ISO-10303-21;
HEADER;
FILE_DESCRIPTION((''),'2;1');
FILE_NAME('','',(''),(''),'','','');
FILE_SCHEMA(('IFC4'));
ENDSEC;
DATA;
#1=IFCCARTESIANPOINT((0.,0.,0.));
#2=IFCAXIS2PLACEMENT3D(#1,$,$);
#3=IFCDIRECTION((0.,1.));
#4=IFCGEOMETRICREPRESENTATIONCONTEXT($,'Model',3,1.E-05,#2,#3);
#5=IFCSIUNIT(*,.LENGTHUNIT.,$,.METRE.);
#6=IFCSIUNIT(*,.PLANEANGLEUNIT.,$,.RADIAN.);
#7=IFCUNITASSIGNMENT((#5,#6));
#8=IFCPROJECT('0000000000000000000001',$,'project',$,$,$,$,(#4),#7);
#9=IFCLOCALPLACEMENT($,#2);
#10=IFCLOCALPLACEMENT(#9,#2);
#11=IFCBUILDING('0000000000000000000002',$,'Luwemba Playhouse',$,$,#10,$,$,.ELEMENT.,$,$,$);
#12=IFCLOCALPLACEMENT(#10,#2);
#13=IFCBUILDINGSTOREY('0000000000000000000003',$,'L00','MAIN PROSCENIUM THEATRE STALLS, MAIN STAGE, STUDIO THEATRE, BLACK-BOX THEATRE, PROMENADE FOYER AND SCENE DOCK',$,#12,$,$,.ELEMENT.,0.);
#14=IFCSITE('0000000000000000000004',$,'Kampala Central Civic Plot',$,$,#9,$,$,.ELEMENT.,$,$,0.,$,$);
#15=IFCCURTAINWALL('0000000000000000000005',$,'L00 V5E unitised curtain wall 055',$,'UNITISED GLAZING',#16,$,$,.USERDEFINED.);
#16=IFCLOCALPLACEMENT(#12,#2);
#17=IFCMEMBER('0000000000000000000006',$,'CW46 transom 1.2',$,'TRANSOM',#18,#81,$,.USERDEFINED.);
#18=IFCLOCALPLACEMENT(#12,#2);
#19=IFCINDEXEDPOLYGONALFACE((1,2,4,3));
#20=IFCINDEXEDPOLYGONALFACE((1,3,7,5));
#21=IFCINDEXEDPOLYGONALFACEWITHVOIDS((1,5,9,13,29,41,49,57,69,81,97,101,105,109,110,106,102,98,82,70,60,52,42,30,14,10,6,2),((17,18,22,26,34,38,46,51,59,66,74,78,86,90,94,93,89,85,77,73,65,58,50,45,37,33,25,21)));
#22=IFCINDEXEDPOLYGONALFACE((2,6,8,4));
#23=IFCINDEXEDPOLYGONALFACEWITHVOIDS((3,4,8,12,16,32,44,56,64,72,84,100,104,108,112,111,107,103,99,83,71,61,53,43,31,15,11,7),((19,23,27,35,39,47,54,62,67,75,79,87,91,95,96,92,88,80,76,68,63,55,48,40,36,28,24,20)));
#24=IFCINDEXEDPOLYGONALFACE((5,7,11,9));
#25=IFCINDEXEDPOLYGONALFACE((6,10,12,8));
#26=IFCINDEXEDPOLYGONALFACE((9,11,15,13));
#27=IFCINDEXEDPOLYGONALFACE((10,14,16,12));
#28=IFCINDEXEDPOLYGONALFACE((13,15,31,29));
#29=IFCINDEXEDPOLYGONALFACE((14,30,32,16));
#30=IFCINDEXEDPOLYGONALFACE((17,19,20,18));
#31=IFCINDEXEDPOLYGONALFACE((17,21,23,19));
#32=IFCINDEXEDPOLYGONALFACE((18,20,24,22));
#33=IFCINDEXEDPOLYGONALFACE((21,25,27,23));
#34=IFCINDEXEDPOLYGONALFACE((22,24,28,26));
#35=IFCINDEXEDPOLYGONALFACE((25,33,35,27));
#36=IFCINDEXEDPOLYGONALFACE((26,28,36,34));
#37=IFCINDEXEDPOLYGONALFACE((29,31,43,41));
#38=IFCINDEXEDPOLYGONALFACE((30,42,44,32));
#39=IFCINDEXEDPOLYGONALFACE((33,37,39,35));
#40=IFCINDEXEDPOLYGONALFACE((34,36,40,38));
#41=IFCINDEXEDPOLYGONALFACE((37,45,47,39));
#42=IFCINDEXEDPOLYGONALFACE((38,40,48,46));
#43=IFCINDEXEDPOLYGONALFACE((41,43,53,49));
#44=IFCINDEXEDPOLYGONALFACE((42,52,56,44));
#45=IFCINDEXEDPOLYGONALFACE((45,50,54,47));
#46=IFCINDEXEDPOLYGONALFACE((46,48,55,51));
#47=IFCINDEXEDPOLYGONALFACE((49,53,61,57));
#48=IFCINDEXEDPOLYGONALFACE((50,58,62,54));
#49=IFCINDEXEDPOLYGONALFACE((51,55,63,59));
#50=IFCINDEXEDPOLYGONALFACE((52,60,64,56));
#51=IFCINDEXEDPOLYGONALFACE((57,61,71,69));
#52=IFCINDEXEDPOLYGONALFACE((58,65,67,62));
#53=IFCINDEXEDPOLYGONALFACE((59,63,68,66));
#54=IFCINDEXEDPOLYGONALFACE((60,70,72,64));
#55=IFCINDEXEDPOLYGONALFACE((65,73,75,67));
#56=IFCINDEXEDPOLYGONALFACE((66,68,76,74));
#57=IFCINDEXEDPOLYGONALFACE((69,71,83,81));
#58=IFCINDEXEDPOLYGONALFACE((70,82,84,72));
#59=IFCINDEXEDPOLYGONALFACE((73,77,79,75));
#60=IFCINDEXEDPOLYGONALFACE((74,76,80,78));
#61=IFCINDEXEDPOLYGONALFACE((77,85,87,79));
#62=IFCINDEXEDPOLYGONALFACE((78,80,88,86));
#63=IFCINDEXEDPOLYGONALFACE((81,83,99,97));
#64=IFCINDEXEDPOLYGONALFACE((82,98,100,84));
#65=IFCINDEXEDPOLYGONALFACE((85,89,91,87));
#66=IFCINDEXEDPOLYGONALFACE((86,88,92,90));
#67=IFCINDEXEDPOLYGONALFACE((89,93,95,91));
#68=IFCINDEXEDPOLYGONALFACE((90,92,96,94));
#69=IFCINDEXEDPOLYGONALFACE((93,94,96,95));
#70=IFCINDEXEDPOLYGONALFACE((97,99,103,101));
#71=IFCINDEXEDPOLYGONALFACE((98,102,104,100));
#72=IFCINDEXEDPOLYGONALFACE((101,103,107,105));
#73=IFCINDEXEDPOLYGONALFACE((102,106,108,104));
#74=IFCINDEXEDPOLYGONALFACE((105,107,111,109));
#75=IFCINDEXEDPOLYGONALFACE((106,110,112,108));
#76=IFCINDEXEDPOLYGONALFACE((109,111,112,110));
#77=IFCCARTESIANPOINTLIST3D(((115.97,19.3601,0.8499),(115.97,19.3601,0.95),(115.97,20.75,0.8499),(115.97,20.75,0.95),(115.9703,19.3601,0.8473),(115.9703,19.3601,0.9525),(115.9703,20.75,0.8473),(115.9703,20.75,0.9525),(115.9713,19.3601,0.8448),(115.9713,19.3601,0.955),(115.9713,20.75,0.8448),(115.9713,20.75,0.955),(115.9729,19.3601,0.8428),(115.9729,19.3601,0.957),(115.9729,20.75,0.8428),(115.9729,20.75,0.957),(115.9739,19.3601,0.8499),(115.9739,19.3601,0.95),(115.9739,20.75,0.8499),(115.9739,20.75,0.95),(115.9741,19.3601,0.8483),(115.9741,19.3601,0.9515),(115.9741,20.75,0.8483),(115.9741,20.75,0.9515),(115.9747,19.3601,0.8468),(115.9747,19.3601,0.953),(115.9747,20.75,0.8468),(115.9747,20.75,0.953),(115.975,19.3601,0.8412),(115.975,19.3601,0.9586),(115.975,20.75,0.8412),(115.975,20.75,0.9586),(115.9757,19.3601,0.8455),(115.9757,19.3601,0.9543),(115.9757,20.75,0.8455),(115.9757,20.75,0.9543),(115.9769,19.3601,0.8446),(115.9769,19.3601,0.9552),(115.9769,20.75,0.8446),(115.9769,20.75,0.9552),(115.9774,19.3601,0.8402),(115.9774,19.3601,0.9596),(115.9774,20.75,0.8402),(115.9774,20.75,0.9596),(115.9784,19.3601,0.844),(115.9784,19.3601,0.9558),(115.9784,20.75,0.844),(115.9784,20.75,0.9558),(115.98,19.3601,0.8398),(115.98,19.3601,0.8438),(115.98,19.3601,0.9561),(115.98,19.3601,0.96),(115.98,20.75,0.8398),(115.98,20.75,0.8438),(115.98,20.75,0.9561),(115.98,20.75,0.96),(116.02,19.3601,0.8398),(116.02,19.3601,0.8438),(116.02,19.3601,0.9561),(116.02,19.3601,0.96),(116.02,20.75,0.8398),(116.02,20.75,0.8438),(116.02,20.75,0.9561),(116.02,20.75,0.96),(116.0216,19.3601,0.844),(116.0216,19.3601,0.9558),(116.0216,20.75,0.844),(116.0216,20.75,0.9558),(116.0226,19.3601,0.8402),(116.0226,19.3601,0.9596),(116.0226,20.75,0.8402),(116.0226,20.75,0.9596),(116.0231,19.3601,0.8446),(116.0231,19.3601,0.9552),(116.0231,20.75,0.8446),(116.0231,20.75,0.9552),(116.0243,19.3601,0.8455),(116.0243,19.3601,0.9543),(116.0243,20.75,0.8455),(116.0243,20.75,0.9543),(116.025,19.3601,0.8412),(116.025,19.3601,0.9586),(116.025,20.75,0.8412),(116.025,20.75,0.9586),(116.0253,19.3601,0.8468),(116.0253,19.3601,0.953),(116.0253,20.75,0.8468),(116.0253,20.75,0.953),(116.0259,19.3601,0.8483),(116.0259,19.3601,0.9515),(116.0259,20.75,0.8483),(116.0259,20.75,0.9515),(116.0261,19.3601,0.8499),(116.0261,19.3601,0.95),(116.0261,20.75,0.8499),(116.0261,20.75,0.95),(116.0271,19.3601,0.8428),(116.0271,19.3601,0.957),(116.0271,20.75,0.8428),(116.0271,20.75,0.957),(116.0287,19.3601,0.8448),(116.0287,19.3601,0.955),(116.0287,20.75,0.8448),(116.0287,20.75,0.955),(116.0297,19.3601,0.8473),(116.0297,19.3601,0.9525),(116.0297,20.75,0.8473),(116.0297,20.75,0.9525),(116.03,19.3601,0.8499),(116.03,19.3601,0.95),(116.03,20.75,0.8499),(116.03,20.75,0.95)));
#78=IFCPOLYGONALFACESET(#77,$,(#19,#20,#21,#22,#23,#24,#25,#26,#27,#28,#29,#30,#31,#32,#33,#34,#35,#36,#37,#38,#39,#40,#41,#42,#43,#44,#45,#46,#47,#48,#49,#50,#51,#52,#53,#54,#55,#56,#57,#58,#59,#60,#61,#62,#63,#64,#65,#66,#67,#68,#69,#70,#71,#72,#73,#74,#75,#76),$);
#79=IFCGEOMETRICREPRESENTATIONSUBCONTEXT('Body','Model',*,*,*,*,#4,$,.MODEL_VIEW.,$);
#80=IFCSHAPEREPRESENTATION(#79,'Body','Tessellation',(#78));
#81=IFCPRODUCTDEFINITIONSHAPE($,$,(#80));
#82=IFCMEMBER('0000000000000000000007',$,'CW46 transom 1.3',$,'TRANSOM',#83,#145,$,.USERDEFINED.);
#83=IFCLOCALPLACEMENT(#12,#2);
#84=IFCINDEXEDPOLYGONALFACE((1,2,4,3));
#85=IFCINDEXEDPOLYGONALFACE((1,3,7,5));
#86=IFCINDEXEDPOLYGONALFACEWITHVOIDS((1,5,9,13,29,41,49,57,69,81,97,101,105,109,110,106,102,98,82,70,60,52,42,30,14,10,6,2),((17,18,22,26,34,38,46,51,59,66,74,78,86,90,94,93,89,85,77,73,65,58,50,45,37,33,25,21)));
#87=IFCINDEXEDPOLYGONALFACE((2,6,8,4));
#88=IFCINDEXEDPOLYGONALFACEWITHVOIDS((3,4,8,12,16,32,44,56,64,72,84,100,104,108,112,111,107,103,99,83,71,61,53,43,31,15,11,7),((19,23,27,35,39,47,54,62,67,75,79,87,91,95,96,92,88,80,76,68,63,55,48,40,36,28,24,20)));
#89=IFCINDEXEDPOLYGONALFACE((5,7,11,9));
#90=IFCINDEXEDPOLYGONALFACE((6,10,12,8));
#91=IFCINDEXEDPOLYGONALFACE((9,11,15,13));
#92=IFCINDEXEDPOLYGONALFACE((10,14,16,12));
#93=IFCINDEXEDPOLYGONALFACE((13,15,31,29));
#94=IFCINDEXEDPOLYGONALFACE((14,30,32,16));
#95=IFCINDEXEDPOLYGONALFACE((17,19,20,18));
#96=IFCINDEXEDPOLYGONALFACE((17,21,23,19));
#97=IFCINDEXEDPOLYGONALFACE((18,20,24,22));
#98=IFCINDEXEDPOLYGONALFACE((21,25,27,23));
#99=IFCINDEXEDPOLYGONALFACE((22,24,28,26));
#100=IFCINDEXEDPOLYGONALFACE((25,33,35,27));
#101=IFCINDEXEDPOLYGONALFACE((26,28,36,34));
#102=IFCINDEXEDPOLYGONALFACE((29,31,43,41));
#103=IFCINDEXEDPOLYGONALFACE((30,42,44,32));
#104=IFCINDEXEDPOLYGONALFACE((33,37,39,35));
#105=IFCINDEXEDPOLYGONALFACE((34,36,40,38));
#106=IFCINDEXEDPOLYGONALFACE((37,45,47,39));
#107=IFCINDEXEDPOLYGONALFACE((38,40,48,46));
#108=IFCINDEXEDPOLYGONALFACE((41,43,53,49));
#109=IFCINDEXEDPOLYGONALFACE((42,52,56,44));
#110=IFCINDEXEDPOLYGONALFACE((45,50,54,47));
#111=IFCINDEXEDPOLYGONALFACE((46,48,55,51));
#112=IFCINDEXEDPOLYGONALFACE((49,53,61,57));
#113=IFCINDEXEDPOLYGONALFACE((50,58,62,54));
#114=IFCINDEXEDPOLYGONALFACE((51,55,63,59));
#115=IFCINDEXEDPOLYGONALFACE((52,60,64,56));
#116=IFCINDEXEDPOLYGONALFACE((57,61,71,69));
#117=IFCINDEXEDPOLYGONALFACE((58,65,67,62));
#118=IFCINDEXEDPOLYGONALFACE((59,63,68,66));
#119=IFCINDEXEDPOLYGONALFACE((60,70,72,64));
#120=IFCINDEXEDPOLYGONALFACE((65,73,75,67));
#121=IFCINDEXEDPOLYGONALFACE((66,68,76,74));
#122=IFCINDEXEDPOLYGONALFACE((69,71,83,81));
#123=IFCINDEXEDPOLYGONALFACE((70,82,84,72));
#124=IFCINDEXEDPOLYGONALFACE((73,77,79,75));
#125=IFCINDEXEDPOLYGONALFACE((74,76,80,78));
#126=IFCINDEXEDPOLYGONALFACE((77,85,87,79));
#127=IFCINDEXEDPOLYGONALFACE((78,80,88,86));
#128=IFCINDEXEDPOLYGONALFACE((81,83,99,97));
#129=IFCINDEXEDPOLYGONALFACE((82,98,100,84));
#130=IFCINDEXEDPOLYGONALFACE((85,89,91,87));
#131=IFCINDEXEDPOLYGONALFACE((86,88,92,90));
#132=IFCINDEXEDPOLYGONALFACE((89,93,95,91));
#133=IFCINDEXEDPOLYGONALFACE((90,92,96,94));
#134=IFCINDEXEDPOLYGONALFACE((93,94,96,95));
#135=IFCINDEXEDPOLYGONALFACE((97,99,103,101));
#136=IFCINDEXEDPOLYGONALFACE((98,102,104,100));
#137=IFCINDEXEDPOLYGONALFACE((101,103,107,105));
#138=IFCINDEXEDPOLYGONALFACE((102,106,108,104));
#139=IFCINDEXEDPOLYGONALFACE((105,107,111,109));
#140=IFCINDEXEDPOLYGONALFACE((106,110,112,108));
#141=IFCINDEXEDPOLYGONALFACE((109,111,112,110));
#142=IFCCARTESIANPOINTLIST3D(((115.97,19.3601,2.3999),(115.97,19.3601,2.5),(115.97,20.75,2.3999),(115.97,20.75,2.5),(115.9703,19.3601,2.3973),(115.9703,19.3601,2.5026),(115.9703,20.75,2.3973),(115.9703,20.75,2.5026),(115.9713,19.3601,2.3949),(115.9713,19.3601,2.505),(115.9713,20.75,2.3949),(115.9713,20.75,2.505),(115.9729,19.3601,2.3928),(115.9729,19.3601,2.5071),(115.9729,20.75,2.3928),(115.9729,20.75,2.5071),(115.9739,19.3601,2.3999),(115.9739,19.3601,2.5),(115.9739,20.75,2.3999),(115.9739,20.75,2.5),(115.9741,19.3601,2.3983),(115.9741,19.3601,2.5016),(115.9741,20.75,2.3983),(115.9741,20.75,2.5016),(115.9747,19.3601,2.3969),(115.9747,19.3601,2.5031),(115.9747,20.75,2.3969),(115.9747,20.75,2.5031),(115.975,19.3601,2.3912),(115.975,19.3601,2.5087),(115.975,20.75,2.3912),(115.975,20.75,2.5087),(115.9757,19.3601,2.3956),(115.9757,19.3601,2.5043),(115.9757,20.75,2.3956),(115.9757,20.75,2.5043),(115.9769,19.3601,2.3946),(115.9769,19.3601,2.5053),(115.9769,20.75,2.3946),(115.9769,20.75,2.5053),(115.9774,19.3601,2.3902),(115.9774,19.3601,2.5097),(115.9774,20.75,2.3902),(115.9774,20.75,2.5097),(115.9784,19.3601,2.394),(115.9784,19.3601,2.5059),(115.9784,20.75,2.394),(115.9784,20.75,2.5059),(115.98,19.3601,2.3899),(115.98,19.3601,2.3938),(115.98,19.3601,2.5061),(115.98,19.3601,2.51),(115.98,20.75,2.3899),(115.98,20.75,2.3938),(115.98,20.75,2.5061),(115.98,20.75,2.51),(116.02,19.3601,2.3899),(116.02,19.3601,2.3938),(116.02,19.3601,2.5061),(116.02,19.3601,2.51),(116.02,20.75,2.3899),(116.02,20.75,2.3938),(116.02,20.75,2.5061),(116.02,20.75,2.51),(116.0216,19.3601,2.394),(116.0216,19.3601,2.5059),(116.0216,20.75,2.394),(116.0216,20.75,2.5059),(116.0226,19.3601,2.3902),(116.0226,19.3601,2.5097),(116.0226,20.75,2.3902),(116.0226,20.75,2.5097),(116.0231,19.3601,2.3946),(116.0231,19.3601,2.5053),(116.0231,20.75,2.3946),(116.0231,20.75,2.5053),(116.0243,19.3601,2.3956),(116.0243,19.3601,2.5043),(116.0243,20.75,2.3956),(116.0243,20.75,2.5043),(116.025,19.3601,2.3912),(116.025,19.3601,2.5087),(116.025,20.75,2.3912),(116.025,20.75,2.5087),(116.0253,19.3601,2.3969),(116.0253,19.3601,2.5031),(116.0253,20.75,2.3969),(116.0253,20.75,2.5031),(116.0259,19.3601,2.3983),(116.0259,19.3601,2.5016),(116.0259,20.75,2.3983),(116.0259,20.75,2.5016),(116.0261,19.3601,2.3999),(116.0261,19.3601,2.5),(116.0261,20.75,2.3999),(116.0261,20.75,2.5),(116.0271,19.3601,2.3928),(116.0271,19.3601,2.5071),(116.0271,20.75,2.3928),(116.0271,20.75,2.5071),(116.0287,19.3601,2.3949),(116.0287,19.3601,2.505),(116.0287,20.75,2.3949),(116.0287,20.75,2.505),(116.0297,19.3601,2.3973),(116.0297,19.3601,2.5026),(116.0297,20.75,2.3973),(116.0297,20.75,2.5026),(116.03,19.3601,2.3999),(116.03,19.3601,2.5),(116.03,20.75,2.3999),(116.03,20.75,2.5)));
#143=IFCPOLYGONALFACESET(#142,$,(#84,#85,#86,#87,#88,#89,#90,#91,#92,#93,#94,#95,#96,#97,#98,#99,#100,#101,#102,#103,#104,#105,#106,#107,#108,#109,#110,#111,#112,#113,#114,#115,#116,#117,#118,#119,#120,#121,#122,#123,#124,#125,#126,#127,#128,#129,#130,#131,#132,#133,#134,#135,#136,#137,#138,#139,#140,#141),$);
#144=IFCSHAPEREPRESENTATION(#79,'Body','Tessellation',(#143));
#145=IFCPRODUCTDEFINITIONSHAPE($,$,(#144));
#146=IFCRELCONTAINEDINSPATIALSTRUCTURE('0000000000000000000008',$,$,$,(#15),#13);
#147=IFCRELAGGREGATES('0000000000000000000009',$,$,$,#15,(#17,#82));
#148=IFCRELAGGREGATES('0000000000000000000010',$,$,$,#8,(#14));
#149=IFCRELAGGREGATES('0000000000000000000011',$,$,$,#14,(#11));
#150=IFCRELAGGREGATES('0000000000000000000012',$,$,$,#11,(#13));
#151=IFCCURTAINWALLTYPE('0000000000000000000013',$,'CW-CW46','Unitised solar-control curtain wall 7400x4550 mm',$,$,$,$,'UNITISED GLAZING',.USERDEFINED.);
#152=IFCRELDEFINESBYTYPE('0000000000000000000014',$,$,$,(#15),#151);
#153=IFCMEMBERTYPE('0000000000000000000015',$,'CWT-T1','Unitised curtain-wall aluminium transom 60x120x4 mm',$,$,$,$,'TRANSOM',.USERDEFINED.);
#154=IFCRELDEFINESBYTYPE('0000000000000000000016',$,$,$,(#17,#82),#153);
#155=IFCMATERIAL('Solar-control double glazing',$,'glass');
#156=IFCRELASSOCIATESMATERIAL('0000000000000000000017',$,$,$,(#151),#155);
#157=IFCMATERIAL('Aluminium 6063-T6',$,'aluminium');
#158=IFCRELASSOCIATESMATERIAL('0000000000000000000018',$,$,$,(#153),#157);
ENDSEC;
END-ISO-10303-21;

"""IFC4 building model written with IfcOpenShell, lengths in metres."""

from ifc_helpers import new_model, si_unit, direction, frame, origin, origin_2d, place, context, subcontext, project, spatial, hollow_rectangle, extrude, material, material_profile, profile_set, type_object, element, aggregate, save


model = new_model("IFC4")

# Units and contexts
model_context = context("Model", 3, precision=1e-05, world=origin(), true_north=direction((0.0, 1.0)))
body_context = subcontext(model_context, "Body", "Model", "MODEL_VIEW")
ifc_project = project(units=[si_unit("LENGTHUNIT", "METRE"), si_unit("PLANEANGLEUNIT", "RADIAN")], contexts=[model_context])

# Site, building, storey
site_placement = place(None, origin())
site = spatial("IfcSite", under=ifc_project, at=site_placement, Name="Kampala Central Civic Plot", CompositionType="ELEMENT", RefElevation=0.0)
building_placement = place(site_placement, origin())
building = spatial("IfcBuilding", under=site, at=building_placement, Name="Luwemba Playhouse", CompositionType="ELEMENT")
storey_placement = place(building_placement, origin())
storey = spatial("IfcBuildingStorey", under=building, at=storey_placement, Name="L00", Description="MAIN PROSCENIUM THEATRE STALLS, MAIN STAGE, STUDIO THEATRE, BLACK-BOX THEATRE, PROMENADE FOYER AND SCENE DOCK", CompositionType="ELEMENT", Elevation=0.0)

# Curtain wall
ifc_material_1 = material(Name="Solar-control double glazing", Category="glass")
curtain_wall_type_1 = type_object("IfcCurtainWallType", Name="CW-CW46", Description="Unitised solar-control curtain wall 7400x4550 mm", ElementType="UNITISED GLAZING", PredefinedType="USERDEFINED", material=ifc_material_1)
curtain_wall_1_placement = place(storey_placement, origin())
curtain_wall_1 = element("IfcCurtainWall", 1, at=curtain_wall_1_placement, inside=storey, type_object=curtain_wall_type_1, Name="L00 V5E unitised curtain wall 055", ObjectType="UNITISED GLAZING", PredefinedType="USERDEFINED")
ifc_material_2 = material(Name="Aluminium 6063-T6", Category="aluminium")

# Members
ifc_material_profile_1 = material_profile(ifc_material_2, hollow_rectangle(XDim=0.0601, YDim=0.1201, WallThickness=0.0039, InnerFilletRadius=0.0061, OuterFilletRadius=0.01, at=origin_2d()))
ifc_profile_set_1 = profile_set([ifc_material_profile_1], Name="Aluminium 6063-T6")
member_type_1 = type_object("IfcMemberType", Name="CWT-T1", Description="Unitised curtain-wall aluminium transom 60x120x4 mm", ElementType="TRANSOM", PredefinedType="USERDEFINED", material=ifc_profile_set_1)
member_1_placement = place(storey_placement, frame((116.0, 19.3601, 0.8999), z_axis=(0.0, 1.0, 0.0), x_axis=(-1.0, 0.0, 0.0)))
member_1 = element("IfcMember", 2, at=member_1_placement, type_object=member_type_1, Name="CW46 transom 1.2", ObjectType="TRANSOM", PredefinedType="USERDEFINED", context=body_context, shape_type="SweptSolid", body=[
    extrude(hollow_rectangle(XDim=0.0601, YDim=0.1201, WallThickness=0.0039, InnerFilletRadius=0.0061, OuterFilletRadius=0.01, at=origin_2d()), origin(), (0.0, 0.0, 1.0), 1.3899),
])
member_2_placement = place(storey_placement, frame((116.0, 19.3601, 2.45), z_axis=(0.0, 1.0, 0.0), x_axis=(-1.0, 0.0, 0.0)))
member_2 = element("IfcMember", 3, at=member_2_placement, type_object=member_type_1, Name="CW46 transom 1.3", ObjectType="TRANSOM", PredefinedType="USERDEFINED", context=body_context, shape_type="SweptSolid", body=[
    extrude(hollow_rectangle(XDim=0.0601, YDim=0.1201, WallThickness=0.0039, InnerFilletRadius=0.0061, OuterFilletRadius=0.01, at=origin_2d()), origin(), (0.0, 0.0, 1.0), 1.3899),
])

aggregate(curtain_wall_1, [member_1, member_2])

save(model, "model.ifc")
